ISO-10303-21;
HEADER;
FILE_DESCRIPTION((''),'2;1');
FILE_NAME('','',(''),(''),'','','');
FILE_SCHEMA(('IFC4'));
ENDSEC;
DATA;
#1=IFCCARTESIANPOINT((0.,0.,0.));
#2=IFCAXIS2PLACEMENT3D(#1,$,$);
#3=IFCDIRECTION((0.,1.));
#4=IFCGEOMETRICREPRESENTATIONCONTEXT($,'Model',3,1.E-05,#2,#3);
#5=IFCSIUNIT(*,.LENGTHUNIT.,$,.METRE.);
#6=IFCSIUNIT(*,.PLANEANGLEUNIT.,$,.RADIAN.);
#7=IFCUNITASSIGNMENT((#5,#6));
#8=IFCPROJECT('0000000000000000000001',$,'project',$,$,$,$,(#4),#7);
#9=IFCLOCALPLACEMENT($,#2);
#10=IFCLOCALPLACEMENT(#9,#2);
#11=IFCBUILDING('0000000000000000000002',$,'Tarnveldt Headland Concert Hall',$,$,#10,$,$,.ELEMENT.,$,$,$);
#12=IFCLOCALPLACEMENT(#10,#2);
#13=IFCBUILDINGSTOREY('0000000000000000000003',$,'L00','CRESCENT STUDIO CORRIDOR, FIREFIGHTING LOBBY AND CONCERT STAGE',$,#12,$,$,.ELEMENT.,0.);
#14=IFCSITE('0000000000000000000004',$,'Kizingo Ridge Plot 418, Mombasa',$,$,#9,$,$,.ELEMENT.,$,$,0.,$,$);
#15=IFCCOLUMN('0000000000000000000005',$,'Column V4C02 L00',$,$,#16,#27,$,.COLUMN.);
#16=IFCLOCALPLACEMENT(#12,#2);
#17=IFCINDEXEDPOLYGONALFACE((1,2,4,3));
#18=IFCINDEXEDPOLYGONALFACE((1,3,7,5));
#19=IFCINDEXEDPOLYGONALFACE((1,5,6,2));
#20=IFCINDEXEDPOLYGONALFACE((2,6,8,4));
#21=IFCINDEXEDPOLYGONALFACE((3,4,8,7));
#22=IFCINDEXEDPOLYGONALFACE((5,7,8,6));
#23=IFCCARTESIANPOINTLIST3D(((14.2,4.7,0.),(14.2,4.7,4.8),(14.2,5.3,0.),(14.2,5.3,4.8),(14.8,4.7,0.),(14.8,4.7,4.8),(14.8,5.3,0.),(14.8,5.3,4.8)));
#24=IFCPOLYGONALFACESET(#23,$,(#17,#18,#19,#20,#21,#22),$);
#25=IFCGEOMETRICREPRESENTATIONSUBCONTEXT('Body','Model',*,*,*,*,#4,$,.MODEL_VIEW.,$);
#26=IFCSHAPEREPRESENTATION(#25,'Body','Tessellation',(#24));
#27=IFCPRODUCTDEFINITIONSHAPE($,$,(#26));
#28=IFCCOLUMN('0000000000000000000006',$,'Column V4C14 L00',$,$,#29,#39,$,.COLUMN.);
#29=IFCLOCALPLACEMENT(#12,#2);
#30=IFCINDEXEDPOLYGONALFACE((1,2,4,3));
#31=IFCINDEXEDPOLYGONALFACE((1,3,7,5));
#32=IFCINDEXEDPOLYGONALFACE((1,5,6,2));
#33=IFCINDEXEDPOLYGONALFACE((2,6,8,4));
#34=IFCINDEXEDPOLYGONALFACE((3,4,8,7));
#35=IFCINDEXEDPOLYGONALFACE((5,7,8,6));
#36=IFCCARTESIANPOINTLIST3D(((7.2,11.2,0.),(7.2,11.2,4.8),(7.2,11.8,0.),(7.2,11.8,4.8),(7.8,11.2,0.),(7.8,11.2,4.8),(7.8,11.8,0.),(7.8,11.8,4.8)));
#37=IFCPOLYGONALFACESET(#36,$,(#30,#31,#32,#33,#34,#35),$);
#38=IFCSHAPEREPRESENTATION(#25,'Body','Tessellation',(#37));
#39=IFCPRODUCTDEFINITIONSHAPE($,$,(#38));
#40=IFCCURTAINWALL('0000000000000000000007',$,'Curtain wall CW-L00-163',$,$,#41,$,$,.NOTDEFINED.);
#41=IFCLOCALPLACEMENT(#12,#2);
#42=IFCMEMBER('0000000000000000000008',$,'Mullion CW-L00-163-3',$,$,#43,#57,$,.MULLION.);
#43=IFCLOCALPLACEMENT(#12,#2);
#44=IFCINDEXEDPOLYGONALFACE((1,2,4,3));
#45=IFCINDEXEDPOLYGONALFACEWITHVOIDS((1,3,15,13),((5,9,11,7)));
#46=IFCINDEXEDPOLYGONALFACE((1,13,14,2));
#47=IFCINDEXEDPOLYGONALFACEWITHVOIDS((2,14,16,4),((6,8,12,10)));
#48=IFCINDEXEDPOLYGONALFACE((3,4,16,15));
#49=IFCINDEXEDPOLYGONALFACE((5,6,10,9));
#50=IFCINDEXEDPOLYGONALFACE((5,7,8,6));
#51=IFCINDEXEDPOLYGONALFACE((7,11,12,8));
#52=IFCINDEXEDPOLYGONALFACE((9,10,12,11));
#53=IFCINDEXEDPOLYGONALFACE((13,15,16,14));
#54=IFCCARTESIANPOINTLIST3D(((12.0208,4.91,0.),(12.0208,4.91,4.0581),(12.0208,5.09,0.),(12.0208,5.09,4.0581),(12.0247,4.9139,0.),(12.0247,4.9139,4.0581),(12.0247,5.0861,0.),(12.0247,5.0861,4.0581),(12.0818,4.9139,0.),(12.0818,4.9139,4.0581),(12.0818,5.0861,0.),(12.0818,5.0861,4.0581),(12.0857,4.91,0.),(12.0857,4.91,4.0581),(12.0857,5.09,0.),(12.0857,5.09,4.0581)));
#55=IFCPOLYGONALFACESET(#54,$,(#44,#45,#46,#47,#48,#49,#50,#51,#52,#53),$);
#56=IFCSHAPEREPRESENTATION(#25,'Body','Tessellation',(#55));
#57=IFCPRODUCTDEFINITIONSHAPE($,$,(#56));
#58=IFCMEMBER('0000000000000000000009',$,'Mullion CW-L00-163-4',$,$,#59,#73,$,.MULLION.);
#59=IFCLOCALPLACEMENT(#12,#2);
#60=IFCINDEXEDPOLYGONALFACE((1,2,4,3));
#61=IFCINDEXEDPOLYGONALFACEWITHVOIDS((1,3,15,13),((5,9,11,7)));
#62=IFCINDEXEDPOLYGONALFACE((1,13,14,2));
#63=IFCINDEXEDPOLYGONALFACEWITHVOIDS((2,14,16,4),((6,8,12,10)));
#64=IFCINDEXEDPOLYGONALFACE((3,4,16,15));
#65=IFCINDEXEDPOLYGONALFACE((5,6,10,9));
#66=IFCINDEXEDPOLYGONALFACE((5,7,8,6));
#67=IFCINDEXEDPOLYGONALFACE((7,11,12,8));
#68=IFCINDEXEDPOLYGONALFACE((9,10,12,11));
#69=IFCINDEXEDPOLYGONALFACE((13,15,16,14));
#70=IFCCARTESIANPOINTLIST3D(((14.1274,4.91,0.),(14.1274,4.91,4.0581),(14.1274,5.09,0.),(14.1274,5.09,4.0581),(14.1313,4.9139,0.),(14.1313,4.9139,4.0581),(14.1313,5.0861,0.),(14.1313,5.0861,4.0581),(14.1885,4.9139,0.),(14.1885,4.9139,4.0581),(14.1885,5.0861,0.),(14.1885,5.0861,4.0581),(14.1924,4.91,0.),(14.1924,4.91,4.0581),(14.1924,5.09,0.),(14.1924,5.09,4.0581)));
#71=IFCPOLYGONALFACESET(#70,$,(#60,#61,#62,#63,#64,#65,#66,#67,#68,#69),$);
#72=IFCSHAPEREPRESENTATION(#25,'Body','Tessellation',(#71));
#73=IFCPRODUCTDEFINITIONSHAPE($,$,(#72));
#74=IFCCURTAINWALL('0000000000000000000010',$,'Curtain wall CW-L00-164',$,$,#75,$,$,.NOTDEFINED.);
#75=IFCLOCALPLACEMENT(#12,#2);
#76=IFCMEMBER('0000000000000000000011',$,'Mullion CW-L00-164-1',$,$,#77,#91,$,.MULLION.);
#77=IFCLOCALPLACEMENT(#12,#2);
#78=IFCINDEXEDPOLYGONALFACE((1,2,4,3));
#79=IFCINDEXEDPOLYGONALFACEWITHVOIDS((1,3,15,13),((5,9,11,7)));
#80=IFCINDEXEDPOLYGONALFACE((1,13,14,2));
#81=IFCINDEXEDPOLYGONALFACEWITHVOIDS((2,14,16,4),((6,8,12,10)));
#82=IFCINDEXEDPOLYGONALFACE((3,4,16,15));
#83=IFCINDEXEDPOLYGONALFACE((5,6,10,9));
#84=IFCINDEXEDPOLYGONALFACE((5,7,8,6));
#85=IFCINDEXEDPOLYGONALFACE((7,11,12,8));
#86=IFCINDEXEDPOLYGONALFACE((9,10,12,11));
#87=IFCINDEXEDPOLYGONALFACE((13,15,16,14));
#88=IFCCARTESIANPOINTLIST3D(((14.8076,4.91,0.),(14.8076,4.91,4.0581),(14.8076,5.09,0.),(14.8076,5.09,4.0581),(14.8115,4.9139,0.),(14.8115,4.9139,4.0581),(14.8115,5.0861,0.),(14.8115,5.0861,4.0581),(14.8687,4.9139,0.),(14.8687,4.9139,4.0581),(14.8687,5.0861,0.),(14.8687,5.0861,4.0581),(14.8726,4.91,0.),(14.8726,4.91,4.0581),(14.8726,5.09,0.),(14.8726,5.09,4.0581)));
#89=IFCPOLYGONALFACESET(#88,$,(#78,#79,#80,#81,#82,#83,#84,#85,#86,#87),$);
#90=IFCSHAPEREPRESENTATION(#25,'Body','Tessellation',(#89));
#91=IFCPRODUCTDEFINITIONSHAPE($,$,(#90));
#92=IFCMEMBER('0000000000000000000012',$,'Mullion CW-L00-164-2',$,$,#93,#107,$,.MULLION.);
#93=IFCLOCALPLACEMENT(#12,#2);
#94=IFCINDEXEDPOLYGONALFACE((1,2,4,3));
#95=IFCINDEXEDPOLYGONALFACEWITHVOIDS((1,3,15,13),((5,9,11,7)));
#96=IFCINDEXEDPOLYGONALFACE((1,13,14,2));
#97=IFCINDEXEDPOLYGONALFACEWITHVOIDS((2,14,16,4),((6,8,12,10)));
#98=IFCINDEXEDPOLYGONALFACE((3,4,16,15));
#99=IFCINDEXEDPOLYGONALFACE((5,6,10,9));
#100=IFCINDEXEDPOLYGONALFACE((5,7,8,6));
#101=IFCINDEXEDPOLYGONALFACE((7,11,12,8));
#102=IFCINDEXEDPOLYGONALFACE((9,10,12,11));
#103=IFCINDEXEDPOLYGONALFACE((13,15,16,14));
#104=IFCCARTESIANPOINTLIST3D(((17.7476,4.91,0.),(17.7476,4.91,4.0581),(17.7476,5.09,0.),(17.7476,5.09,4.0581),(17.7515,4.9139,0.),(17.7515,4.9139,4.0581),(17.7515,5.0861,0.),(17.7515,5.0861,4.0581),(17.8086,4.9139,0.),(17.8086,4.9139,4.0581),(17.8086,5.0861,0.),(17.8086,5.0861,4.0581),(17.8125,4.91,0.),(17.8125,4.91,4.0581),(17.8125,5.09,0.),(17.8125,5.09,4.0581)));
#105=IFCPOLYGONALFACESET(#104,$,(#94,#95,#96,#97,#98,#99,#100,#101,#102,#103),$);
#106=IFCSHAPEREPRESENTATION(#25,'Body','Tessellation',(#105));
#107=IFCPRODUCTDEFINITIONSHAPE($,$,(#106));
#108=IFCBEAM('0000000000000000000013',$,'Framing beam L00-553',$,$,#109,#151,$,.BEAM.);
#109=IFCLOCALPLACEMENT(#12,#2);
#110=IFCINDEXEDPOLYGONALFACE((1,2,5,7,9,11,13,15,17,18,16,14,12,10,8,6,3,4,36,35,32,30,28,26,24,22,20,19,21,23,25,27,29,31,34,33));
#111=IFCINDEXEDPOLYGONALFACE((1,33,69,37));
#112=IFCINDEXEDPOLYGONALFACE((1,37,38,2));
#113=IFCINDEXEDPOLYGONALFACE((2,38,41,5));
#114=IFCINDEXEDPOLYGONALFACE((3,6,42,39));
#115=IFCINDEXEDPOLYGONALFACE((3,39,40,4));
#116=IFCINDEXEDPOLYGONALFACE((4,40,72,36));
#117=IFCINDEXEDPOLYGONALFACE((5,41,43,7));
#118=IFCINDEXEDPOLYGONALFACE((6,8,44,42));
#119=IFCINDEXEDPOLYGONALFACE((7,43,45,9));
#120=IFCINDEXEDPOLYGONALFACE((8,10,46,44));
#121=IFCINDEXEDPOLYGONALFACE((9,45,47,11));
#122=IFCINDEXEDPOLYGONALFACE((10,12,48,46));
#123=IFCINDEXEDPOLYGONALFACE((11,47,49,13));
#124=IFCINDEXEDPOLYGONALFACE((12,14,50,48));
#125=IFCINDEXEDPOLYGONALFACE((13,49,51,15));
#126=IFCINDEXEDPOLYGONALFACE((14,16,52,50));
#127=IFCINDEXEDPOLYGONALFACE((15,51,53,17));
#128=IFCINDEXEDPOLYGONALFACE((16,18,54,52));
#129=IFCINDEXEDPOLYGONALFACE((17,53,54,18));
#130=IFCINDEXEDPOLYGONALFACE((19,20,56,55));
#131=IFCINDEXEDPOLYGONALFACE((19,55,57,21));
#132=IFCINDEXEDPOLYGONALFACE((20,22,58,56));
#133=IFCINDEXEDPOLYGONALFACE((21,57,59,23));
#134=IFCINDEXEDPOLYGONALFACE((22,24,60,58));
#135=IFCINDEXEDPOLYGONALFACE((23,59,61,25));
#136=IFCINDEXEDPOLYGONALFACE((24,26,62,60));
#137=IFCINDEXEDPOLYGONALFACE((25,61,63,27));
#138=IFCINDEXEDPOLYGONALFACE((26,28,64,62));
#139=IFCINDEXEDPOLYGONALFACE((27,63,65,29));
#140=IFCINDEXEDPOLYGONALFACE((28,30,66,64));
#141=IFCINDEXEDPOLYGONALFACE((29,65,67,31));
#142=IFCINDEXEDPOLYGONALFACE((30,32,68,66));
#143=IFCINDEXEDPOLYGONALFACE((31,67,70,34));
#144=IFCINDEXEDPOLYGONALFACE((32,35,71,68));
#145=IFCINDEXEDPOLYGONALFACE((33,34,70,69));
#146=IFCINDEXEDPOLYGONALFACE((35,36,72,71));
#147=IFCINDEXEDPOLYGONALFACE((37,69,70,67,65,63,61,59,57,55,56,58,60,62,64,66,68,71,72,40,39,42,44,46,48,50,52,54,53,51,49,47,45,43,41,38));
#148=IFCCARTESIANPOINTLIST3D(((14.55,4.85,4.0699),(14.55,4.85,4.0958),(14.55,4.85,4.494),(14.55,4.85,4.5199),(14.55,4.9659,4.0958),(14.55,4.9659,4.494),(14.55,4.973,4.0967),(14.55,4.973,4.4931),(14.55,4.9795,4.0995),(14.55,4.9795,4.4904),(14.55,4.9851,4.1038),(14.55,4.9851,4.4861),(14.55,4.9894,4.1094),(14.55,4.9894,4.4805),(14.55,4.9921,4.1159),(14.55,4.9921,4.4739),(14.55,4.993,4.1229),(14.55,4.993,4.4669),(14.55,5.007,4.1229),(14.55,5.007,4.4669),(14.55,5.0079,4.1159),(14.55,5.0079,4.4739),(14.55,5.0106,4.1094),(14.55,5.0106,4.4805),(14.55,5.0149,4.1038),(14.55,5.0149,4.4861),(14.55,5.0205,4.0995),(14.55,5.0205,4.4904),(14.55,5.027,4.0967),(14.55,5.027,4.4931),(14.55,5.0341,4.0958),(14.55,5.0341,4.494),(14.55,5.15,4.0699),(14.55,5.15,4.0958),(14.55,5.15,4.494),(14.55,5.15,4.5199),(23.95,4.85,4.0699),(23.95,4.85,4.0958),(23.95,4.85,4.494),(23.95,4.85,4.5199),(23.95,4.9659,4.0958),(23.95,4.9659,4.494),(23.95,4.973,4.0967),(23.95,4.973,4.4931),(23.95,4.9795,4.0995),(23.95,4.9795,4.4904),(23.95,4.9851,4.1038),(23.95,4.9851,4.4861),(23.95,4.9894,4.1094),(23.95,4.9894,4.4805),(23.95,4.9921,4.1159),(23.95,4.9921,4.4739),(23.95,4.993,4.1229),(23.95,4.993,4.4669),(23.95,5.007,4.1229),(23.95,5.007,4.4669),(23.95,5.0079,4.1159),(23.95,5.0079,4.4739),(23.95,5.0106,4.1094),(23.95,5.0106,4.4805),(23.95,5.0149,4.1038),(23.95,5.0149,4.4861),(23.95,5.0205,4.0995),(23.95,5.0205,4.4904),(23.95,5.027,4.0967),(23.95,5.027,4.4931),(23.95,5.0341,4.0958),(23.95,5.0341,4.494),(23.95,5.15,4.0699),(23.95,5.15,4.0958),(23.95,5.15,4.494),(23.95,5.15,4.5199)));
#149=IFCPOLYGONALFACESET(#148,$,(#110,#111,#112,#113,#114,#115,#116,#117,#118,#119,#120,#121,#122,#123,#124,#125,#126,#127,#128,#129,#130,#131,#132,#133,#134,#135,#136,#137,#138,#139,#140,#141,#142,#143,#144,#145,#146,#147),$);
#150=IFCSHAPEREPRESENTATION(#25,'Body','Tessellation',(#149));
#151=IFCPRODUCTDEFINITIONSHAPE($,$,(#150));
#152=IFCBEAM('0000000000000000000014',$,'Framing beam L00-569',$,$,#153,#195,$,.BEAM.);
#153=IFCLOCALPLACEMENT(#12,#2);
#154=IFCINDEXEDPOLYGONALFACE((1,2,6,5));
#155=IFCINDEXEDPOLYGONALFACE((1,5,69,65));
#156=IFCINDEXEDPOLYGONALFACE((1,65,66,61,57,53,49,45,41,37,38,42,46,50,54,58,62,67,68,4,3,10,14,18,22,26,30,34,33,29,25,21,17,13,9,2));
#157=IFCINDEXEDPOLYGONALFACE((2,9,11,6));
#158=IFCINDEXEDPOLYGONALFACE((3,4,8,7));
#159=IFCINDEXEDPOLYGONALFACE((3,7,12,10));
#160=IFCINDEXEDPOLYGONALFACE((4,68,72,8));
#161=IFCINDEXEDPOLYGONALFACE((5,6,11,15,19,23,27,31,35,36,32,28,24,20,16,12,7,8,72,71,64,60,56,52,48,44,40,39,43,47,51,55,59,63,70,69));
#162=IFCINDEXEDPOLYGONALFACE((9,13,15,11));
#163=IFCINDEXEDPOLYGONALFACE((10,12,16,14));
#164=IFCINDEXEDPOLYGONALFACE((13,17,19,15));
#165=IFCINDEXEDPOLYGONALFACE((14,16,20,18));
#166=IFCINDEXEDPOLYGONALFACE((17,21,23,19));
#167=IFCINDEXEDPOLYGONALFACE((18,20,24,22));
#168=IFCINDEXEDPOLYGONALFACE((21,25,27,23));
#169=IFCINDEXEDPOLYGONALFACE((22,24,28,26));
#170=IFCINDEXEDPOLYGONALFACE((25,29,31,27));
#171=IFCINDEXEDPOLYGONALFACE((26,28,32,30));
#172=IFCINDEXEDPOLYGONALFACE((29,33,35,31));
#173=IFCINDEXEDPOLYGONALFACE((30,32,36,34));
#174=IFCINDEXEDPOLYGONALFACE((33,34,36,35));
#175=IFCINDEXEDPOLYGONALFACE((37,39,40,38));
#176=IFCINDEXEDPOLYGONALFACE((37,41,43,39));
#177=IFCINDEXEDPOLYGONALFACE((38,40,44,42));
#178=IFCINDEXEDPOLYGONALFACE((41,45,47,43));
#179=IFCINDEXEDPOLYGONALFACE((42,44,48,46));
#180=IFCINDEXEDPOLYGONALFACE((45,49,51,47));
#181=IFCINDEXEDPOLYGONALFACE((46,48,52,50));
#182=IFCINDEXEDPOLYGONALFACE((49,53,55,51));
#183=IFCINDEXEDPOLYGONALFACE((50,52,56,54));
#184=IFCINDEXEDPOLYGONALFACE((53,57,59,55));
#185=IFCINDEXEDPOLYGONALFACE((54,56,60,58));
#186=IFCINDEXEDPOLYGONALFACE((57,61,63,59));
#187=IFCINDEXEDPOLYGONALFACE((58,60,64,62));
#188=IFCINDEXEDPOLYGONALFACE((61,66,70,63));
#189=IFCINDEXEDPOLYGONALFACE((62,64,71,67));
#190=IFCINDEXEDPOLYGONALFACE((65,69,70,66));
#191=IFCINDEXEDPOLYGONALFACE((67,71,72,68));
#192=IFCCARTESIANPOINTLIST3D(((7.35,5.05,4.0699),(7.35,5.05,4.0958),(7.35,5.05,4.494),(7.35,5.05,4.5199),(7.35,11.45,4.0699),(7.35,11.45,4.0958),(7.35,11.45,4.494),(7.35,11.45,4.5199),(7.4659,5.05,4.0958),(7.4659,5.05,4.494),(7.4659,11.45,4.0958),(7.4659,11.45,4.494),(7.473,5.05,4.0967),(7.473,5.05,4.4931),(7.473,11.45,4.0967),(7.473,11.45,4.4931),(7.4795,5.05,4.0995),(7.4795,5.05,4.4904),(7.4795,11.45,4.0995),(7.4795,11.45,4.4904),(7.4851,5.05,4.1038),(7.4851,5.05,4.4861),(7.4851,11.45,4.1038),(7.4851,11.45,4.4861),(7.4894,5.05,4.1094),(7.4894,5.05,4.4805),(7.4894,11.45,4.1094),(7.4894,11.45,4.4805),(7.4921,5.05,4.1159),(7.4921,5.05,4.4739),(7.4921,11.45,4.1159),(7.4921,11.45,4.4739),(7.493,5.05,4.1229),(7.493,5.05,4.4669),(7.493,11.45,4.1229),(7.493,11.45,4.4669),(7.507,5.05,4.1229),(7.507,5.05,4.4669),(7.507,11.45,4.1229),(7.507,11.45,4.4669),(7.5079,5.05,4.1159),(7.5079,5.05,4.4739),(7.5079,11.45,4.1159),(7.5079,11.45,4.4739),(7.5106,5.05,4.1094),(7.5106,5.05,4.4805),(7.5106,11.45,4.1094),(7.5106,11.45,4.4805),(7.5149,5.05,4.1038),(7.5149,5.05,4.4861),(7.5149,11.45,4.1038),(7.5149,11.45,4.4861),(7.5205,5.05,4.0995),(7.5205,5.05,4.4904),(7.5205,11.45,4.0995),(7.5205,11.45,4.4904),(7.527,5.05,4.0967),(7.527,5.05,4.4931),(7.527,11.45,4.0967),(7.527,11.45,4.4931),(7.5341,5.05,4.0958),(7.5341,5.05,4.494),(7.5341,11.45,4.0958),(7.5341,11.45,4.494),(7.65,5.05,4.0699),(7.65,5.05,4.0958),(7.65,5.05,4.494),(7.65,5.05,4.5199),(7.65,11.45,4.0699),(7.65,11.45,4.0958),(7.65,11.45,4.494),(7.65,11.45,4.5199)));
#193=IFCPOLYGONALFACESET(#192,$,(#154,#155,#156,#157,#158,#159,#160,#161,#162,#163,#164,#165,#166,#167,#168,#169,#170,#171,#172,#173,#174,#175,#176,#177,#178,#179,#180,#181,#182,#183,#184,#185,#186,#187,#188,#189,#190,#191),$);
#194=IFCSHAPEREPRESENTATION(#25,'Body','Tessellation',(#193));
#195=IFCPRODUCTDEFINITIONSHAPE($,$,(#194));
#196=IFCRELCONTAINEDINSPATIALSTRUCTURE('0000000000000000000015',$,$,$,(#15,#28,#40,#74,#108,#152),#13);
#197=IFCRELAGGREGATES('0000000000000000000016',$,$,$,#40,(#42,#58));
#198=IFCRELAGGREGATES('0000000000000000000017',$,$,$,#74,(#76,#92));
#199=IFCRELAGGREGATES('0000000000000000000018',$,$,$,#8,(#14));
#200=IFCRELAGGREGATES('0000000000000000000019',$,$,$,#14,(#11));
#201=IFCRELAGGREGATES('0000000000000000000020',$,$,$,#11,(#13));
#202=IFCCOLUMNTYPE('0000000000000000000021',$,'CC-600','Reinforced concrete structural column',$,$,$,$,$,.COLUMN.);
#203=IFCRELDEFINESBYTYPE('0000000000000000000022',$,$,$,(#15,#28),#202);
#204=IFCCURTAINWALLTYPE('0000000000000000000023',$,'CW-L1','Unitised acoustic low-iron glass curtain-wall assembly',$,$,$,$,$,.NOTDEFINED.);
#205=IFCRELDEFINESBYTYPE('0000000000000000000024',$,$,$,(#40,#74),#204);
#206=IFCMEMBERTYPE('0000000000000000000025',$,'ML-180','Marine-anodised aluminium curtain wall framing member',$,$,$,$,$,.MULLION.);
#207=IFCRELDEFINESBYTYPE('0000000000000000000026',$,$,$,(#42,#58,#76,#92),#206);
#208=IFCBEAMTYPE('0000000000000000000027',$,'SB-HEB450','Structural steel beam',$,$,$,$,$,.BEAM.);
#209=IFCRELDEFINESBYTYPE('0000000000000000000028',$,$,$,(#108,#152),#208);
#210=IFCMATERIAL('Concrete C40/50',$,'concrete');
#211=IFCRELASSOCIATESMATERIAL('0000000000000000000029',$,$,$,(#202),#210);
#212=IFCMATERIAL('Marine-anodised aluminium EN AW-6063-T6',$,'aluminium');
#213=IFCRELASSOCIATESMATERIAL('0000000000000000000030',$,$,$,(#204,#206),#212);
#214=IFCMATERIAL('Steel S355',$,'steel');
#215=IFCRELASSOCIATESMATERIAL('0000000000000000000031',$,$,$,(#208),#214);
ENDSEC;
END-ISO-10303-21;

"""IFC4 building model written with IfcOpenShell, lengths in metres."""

from ifc_helpers import new_model, si_unit, direction, frame, origin, origin_2d, place, context, subcontext, project, spatial, rectangle, hollow_rectangle, i_section, extrude, material, material_profile, profile_set, type_object, element, aggregate, save


model = new_model("IFC4")

# Units and contexts
model_context = context("Model", 3, precision=1e-05, world=origin(), true_north=direction((0.0, 1.0)))
body_context = subcontext(model_context, "Body", "Model", "MODEL_VIEW")
ifc_project = project(units=[si_unit("LENGTHUNIT", "METRE"), si_unit("PLANEANGLEUNIT", "RADIAN")], contexts=[model_context])

# Site, building, storey
site_placement = place(None, origin())
site = spatial("IfcSite", under=ifc_project, at=site_placement, Name="Kizingo Ridge Plot 418, Mombasa", CompositionType="ELEMENT", RefElevation=0.0)
building_placement = place(site_placement, origin())
building = spatial("IfcBuilding", under=site, at=building_placement, Name="Tarnveldt Headland Concert Hall", CompositionType="ELEMENT")
storey_placement = place(building_placement, origin())
storey = spatial("IfcBuildingStorey", under=building, at=storey_placement, Name="L00", Description="CRESCENT STUDIO CORRIDOR, FIREFIGHTING LOBBY AND CONCERT STAGE", CompositionType="ELEMENT", Elevation=0.0)

# Columns
ifc_material_1 = material(Name="Concrete C40/50", Category="concrete")
ifc_material_profile_1 = material_profile(ifc_material_1, rectangle(XDim=0.6001, YDim=0.6001, at=origin_2d()), Name="RC 600x600", Category="concrete")
ifc_profile_set_1 = profile_set([ifc_material_profile_1], Name="Concrete C40/50")
column_type = type_object("IfcColumnType", Name="CC-600", Description="Reinforced concrete structural column", PredefinedType="COLUMN", material=ifc_profile_set_1)
for number, where, z_axis, x_axis, name in (
    (1, (14.5, 5.0, 0.0), (0.0, 0.0, 1.0), (1.0, 0.0, 0.0), "Column V4C02 L00"),
    (2, (7.5, 11.5, 0.0), (0.0, 0.0, 1.0), (1.0, 0.0, 0.0), "Column V4C14 L00"),
):
    element("IfcColumn", number, at=place(storey_placement, frame(where, z_axis=z_axis, x_axis=x_axis)), inside=storey, type_object=column_type, Name=name, PredefinedType="COLUMN", context=body_context, shape_type="SweptSolid", body=[
        extrude(rectangle(XDim=0.6001, YDim=0.6001, at=origin_2d()), origin(), (0.0, 0.0, 1.0), 4.8),
    ])

# Curtain walls, members
ifc_material_2 = material(Name="Marine-anodised aluminium EN AW-6063-T6", Category="aluminium")
curtain_wall_type = type_object("IfcCurtainWallType", Name="CW-L1", Description="Unitised acoustic low-iron glass curtain-wall assembly", PredefinedType="NOTDEFINED", material=ifc_material_2)
curtain_wall_1_placement = place(storey_placement, origin())
curtain_wall_1 = element("IfcCurtainWall", 3, at=curtain_wall_1_placement, inside=storey, type_object=curtain_wall_type, Name="Curtain wall CW-L00-163", PredefinedType="NOTDEFINED")
ifc_material_profile_2 = material_profile(ifc_material_2, hollow_rectangle(XDim=0.0649, YDim=0.1799, WallThickness=0.0039, at=origin_2d()), Name="ALU MULLION 65x180x4", Category="aluminium")
ifc_profile_set_2 = profile_set([ifc_material_profile_2], Name="Marine-anodised aluminium EN AW-6063-T6")
member_type_1 = type_object("IfcMemberType", Name="ML-180", Description="Marine-anodised aluminium curtain wall framing member", PredefinedType="MULLION", material=ifc_profile_set_2)
member_1_placement = place(storey_placement, frame((12.0532, 5.0, 0.0), z_axis=(0.0, 0.0, 1.0), x_axis=(1.0, 0.0, 0.0)))
member_1 = element("IfcMember", 4, at=member_1_placement, type_object=member_type_1, Name="Mullion CW-L00-163-3", PredefinedType="MULLION", context=body_context, shape_type="SweptSolid", body=[
    extrude(hollow_rectangle(XDim=0.0649, YDim=0.1799, WallThickness=0.0039, at=origin_2d()), origin(), (0.0, 0.0, 1.0), 4.0581),
])
member_2_placement = place(storey_placement, frame((14.1599, 5.0, 0.0), z_axis=(0.0, 0.0, 1.0), x_axis=(1.0, 0.0, 0.0)))
member_2 = element("IfcMember", 5, at=member_2_placement, type_object=member_type_1, Name="Mullion CW-L00-163-4", PredefinedType="MULLION", context=body_context, shape_type="SweptSolid", body=[
    extrude(hollow_rectangle(XDim=0.0649, YDim=0.1799, WallThickness=0.0039, at=origin_2d()), origin(), (0.0, 0.0, 1.0), 4.0581),
])
curtain_wall_2_placement = place(storey_placement, origin())
curtain_wall_2 = element("IfcCurtainWall", 6, at=curtain_wall_2_placement, inside=storey, type_object=curtain_wall_type, Name="Curtain wall CW-L00-164", PredefinedType="NOTDEFINED")
member_3_placement = place(storey_placement, frame((14.8401, 5.0, 0.0), z_axis=(0.0, 0.0, 1.0), x_axis=(1.0, 0.0, 0.0)))
member_3 = element("IfcMember", 7, at=member_3_placement, type_object=member_type_1, Name="Mullion CW-L00-164-1", PredefinedType="MULLION", context=body_context, shape_type="SweptSolid", body=[
    extrude(hollow_rectangle(XDim=0.0649, YDim=0.1799, WallThickness=0.0039, at=origin_2d()), origin(), (0.0, 0.0, 1.0), 4.0581),
])
member_4_placement = place(storey_placement, frame((17.78, 5.0, 0.0), z_axis=(0.0, 0.0, 1.0), x_axis=(1.0, 0.0, 0.0)))
member_4 = element("IfcMember", 8, at=member_4_placement, type_object=member_type_1, Name="Mullion CW-L00-164-2", PredefinedType="MULLION", context=body_context, shape_type="SweptSolid", body=[
    extrude(hollow_rectangle(XDim=0.0649, YDim=0.1799, WallThickness=0.0039, at=origin_2d()), origin(), (0.0, 0.0, 1.0), 4.0581),
])

# Beams
ifc_material_3 = material(Name="Steel S355", Category="steel")
ifc_material_profile_3 = material_profile(ifc_material_3, i_section(OverallWidth=0.3, OverallDepth=0.45, WebThickness=0.0139, FlangeThickness=0.0259, FilletRadius=0.0271, at=origin_2d()), Name="HEB450", Category="steel")
ifc_profile_set_3 = profile_set([ifc_material_profile_3], Name="Steel S355")
beam_type_1 = type_object("IfcBeamType", Name="SB-HEB450", Description="Structural steel beam", PredefinedType="BEAM", material=ifc_profile_set_3)
beam_placement = place(storey_placement, frame((14.55, 5.0, 4.2949), z_axis=(1.0, 0.0, 0.0), x_axis=(0.0, 1.0, 0.0)))
element("IfcBeam", 9, at=beam_placement, inside=storey, type_object=beam_type_1, Name="Framing beam L00-553", PredefinedType="BEAM", context=body_context, shape_type="SweptSolid", body=[
    extrude(i_section(OverallWidth=0.3, OverallDepth=0.45, WebThickness=0.0139, FlangeThickness=0.0259, FilletRadius=0.0271, at=origin_2d()), origin(), (0.0, 0.0, 1.0), 9.3999),
])
for number, where, z_axis, x_axis, name in (
    (10, (7.5, 5.05, 4.2949), (0.0, 1.0, 0.0), (-1.0, 0.0, 0.0), "Framing beam L00-569"),
):
    element("IfcBeam", number, at=place(storey_placement, frame(where, z_axis=z_axis, x_axis=x_axis)), inside=storey, type_object=beam_type_1, Name=name, PredefinedType="BEAM", context=body_context, shape_type="SweptSolid", body=[
        extrude(i_section(OverallWidth=0.3, OverallDepth=0.45, WebThickness=0.0139, FlangeThickness=0.0259, FilletRadius=0.0271, at=origin_2d()), origin(), (0.0, 0.0, 1.0), 6.3999),
    ])

aggregate(curtain_wall_1, [member_1, member_2])
aggregate(curtain_wall_2, [member_3, member_4])

save(model, "model.ifc")
